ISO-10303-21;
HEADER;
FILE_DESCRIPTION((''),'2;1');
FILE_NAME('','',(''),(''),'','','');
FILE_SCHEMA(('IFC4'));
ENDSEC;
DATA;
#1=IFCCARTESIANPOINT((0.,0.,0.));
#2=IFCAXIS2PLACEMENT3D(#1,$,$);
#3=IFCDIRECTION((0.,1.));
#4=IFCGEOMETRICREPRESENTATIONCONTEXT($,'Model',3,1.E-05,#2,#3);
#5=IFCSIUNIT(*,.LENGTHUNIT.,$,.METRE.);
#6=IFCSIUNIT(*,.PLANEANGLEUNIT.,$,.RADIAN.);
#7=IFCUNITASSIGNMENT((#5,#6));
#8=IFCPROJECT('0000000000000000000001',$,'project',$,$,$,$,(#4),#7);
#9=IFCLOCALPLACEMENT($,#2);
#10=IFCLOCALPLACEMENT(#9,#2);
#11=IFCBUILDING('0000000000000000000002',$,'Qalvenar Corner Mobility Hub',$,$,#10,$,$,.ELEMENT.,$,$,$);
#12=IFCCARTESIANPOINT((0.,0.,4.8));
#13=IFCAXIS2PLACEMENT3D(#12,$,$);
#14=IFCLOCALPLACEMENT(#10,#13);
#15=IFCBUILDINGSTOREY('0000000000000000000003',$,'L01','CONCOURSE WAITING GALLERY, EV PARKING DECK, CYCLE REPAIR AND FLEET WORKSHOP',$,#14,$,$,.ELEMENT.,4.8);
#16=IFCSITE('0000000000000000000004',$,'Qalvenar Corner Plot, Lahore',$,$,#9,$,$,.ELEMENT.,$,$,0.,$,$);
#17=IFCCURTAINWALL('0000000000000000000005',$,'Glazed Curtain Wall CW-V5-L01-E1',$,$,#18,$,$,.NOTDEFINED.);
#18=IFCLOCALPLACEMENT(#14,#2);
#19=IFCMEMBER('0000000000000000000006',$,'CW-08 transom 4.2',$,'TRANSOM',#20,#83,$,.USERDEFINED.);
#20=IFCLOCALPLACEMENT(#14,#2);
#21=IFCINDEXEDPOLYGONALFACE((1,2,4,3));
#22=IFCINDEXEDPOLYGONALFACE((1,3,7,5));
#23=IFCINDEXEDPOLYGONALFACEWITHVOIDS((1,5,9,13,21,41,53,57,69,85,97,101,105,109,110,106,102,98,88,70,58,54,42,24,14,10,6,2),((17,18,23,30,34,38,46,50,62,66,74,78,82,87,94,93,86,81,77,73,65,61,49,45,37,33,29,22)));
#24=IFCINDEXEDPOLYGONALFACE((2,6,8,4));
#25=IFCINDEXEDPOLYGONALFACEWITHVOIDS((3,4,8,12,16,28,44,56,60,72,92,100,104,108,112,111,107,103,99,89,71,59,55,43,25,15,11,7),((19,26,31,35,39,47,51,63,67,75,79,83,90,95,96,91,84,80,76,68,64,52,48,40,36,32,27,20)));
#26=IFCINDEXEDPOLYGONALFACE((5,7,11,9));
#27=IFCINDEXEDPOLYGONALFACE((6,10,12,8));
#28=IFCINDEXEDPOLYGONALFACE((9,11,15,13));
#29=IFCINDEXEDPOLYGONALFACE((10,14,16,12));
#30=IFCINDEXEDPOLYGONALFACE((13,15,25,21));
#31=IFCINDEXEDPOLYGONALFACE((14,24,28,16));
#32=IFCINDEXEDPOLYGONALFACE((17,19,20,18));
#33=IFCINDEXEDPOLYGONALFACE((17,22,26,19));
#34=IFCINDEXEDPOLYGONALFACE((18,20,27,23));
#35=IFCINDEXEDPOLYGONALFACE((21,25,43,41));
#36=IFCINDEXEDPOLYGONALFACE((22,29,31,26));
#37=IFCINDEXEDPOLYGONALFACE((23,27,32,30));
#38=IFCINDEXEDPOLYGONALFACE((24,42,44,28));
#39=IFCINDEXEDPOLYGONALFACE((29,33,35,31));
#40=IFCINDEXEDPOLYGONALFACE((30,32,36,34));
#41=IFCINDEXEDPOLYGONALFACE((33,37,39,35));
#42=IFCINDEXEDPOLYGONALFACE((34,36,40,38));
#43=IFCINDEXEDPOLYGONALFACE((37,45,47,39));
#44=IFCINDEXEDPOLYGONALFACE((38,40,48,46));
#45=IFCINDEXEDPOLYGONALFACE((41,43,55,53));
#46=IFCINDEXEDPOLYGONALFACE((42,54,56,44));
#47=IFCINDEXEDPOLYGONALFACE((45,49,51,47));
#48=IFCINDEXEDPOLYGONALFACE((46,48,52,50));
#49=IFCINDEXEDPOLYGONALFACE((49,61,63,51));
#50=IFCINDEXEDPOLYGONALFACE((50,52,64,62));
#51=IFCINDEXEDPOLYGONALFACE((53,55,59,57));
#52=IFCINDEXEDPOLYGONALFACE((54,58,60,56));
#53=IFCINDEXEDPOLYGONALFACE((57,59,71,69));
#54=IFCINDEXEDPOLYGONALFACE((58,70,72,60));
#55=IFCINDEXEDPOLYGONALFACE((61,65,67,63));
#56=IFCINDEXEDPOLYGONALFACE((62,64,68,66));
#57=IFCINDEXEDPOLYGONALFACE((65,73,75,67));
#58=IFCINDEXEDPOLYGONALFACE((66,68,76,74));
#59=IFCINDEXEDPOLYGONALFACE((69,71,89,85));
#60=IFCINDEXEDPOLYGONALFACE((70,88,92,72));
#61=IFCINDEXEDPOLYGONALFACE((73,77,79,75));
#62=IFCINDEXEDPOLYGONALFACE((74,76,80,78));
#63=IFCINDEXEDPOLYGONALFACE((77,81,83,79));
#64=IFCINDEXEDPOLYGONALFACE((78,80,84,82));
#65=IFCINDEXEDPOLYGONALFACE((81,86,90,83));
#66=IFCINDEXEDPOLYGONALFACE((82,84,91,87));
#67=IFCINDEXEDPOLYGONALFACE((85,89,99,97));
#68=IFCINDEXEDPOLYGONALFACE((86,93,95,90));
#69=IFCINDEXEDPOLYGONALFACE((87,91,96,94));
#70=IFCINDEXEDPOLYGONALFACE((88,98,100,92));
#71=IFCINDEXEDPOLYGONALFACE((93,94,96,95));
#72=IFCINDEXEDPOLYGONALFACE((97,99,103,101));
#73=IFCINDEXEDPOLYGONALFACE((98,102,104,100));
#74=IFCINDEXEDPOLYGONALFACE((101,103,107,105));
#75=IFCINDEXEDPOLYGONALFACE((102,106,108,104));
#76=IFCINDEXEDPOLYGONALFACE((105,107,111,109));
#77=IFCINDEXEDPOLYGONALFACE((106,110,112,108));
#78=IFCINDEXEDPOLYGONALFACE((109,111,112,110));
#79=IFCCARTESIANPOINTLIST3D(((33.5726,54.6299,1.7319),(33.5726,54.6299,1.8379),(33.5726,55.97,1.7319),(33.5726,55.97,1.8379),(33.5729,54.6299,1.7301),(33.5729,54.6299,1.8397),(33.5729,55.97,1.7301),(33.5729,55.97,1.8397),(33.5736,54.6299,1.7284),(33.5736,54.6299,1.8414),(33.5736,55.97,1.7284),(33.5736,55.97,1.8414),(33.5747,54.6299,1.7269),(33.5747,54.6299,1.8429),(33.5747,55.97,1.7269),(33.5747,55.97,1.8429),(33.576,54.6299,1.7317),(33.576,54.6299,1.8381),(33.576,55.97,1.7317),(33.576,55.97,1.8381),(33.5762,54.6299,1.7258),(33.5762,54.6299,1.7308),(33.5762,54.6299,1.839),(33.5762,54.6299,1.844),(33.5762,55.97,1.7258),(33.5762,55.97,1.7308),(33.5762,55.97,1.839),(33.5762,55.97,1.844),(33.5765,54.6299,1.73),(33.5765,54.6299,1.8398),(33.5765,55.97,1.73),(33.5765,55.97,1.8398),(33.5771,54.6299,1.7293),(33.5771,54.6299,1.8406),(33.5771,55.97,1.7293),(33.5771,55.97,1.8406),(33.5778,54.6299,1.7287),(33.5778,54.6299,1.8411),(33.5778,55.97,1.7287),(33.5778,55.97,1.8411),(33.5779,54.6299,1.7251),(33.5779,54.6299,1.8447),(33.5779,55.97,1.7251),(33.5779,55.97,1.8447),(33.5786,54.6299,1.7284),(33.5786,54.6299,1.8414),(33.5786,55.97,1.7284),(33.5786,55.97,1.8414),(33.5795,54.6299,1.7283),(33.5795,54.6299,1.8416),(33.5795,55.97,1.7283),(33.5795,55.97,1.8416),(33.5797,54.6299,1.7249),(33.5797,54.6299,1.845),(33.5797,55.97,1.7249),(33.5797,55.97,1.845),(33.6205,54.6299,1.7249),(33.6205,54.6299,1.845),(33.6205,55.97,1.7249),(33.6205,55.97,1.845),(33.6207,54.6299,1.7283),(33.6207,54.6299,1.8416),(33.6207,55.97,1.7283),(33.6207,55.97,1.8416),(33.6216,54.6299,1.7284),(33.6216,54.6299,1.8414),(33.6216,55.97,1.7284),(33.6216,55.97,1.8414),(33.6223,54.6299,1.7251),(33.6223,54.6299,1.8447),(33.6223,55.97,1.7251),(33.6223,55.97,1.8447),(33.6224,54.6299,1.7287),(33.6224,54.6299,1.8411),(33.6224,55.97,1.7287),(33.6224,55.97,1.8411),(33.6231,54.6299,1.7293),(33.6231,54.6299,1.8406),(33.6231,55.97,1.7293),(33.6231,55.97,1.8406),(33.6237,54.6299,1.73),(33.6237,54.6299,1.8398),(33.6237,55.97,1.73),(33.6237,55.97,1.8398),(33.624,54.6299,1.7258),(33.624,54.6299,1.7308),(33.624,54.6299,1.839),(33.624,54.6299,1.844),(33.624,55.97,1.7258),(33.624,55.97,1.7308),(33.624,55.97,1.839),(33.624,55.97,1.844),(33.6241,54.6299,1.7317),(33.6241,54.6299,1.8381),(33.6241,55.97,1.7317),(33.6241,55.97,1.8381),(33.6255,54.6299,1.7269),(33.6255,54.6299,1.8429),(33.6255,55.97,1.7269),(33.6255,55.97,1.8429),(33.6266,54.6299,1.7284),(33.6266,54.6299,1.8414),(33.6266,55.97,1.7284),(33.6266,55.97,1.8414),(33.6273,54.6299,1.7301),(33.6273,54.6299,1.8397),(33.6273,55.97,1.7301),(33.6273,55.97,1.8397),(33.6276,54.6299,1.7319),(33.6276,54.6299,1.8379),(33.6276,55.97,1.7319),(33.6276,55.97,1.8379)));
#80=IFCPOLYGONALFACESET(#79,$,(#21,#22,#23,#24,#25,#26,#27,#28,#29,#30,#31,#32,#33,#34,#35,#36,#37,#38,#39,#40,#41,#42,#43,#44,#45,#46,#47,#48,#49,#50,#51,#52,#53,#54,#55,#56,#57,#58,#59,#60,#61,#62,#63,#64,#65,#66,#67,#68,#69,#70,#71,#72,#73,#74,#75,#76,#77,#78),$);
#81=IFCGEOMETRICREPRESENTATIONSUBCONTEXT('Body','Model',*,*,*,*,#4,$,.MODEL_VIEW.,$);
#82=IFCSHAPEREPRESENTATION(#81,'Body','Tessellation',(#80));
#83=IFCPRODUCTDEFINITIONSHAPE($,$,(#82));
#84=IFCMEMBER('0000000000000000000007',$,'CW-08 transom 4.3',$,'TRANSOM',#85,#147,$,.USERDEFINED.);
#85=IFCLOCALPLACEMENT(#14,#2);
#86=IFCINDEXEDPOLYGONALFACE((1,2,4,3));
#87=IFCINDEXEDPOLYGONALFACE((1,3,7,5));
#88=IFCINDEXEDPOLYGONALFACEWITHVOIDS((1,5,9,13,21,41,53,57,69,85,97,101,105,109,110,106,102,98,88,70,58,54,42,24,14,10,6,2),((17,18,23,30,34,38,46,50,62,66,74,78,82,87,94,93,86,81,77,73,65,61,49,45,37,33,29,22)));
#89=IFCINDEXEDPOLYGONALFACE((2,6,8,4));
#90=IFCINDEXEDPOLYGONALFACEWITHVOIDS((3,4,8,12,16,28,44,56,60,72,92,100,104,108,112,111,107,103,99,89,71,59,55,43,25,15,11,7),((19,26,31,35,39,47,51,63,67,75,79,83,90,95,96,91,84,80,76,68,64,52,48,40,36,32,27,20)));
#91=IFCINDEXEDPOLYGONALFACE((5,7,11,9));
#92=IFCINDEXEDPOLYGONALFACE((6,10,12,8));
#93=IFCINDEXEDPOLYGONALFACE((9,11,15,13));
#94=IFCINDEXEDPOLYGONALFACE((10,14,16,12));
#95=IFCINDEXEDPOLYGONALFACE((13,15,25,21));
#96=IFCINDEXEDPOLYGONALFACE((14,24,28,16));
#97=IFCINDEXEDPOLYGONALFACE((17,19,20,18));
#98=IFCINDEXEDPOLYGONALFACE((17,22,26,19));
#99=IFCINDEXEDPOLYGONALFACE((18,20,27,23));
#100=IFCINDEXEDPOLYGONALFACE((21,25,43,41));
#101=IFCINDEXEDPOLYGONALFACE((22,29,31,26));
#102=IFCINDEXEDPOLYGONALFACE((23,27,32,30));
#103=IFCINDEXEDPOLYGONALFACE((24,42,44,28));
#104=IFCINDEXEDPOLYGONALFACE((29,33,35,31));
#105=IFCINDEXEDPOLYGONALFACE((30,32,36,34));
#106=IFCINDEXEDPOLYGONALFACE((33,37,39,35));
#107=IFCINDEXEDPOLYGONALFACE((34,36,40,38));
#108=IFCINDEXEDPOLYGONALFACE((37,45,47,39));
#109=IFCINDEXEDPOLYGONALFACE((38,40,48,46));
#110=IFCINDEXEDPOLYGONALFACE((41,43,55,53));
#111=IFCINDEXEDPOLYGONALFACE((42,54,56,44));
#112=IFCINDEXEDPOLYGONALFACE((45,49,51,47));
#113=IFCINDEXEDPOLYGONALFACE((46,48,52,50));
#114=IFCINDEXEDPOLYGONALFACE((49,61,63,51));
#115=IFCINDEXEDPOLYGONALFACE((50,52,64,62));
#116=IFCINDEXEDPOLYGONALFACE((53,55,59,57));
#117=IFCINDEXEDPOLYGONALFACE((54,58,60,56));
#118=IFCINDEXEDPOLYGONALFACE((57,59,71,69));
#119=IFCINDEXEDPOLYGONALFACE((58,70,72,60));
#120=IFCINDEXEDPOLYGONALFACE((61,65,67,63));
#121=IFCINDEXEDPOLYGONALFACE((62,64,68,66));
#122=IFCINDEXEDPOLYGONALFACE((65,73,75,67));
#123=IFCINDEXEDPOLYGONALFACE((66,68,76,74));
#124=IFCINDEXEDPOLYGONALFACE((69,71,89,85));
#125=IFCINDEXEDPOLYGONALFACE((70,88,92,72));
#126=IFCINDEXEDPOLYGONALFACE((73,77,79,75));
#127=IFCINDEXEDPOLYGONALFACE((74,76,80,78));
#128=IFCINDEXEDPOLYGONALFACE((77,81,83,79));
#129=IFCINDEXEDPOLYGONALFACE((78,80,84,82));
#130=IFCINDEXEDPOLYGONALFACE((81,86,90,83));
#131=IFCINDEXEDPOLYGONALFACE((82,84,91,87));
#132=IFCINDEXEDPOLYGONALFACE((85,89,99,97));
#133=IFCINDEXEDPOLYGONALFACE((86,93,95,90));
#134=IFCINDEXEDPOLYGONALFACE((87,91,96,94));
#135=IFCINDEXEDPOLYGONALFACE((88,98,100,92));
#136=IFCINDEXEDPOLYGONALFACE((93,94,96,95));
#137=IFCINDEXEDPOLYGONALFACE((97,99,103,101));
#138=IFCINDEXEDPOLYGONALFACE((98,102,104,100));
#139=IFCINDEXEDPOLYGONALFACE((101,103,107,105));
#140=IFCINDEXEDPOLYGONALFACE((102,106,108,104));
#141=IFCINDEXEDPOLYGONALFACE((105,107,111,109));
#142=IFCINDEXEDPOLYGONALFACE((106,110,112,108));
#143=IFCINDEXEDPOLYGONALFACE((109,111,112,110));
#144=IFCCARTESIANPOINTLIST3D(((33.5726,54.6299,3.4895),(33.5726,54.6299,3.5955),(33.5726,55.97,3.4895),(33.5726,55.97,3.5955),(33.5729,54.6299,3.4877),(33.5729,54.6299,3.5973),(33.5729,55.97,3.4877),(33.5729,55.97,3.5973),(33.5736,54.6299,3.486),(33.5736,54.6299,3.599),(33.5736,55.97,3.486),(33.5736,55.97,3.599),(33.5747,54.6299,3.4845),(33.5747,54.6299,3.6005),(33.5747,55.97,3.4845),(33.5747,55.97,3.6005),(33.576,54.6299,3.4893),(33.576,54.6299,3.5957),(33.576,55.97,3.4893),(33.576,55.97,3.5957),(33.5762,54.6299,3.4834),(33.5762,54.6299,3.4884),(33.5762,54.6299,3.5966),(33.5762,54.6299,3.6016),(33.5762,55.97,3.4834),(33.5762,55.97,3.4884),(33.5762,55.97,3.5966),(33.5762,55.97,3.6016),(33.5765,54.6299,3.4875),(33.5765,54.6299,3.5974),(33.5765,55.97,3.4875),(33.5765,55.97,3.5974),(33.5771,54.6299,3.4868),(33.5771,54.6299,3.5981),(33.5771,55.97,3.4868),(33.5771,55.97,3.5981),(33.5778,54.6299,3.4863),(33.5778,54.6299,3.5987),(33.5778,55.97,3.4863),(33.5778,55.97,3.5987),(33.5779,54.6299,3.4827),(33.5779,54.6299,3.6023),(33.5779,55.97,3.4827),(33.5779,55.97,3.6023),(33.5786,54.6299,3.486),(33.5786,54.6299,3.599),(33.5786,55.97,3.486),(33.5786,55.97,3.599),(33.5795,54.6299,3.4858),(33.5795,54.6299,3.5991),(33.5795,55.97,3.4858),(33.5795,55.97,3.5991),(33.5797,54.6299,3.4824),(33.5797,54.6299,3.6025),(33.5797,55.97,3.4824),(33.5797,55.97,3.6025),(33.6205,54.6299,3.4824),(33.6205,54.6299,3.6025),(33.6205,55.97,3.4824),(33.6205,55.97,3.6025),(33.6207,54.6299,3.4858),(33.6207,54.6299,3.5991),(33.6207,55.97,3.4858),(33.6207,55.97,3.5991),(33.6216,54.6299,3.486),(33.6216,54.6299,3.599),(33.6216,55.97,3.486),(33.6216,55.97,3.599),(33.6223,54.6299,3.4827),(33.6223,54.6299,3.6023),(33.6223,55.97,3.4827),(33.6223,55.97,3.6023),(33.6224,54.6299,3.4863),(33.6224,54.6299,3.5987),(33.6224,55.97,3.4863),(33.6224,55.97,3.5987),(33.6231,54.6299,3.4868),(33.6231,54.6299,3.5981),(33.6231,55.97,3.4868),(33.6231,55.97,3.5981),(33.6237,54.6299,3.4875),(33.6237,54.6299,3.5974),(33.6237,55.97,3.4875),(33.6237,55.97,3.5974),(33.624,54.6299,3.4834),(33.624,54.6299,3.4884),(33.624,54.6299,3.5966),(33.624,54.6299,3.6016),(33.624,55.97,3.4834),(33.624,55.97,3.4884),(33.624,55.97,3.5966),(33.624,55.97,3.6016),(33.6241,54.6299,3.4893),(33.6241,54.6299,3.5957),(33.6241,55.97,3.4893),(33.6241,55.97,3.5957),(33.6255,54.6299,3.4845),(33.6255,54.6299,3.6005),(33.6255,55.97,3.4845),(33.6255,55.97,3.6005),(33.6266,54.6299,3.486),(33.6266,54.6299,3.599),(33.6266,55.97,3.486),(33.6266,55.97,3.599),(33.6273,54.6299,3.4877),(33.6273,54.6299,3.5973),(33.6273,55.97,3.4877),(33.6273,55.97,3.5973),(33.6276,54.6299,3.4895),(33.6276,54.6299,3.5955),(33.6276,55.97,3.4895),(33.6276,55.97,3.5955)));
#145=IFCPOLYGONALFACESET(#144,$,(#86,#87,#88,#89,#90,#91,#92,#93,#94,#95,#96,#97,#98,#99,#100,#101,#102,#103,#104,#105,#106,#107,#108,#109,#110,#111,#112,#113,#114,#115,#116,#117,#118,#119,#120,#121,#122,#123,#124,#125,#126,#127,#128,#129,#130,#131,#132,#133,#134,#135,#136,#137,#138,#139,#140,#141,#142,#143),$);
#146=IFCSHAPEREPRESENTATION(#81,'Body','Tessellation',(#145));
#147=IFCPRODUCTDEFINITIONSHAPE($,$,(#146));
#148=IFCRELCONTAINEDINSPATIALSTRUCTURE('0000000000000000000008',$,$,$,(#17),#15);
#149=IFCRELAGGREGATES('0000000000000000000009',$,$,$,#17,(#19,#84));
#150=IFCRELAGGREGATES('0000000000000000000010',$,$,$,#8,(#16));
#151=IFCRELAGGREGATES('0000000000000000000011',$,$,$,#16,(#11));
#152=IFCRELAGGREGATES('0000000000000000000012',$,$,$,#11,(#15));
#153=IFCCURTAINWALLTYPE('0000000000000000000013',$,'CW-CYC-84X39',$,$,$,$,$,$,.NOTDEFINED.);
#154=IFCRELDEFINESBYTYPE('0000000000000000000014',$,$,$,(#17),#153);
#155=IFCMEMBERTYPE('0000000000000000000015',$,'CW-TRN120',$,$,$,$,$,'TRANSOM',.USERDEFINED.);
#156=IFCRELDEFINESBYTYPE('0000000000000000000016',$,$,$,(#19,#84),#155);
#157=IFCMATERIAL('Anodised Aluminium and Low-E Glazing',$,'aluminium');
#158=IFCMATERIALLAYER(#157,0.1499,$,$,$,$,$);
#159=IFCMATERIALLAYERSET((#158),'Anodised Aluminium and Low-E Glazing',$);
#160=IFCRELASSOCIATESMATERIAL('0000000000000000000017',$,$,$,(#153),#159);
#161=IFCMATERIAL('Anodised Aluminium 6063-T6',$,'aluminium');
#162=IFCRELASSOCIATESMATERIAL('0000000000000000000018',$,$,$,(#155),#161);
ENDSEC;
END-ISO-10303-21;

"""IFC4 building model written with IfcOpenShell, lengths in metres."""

from ifc_helpers import new_model, si_unit, direction, frame, origin, origin_2d, place, context, subcontext, project, spatial, hollow_rectangle, extrude, material, layer, layer_set, material_profile, profile_set, type_object, element, aggregate, save


model = new_model("IFC4")

# Units and contexts
model_context = context("Model", 3, precision=1e-05, world=origin(), true_north=direction((0.0, 1.0)))
body_context = subcontext(model_context, "Body", "Model", "MODEL_VIEW")
ifc_project = project(units=[si_unit("LENGTHUNIT", "METRE"), si_unit("PLANEANGLEUNIT", "RADIAN")], contexts=[model_context])

# Site, building, storey
site_placement = place(None, origin())
site = spatial("IfcSite", under=ifc_project, at=site_placement, Name="Qalvenar Corner Plot, Lahore", CompositionType="ELEMENT", RefElevation=0.0)
building_placement = place(site_placement, origin())
building = spatial("IfcBuilding", under=site, at=building_placement, Name="Qalvenar Corner Mobility Hub", CompositionType="ELEMENT")
storey_placement = place(building_placement, frame((0.0, 0.0, 4.8)))
storey = spatial("IfcBuildingStorey", under=building, at=storey_placement, Name="L01", Description="CONCOURSE WAITING GALLERY, EV PARKING DECK, CYCLE REPAIR AND FLEET WORKSHOP", CompositionType="ELEMENT", Elevation=4.8)

# Curtain wall, members
ifc_material_1 = material(Name="Anodised Aluminium and Low-E Glazing", Category="aluminium")
ifc_layer_1 = layer(ifc_material_1, 0.1499)
ifc_layer_set_1 = layer_set([ifc_layer_1], Name="Anodised Aluminium and Low-E Glazing")
curtain_wall_type = type_object("IfcCurtainWallType", Name="CW-CYC-84X39", PredefinedType="NOTDEFINED", material=ifc_layer_set_1)
curtain_wall_placement = place(storey_placement, origin())
curtain_wall = element("IfcCurtainWall", 1, at=curtain_wall_placement, inside=storey, type_object=curtain_wall_type, Name="Glazed Curtain Wall CW-V5-L01-E1", PredefinedType="NOTDEFINED")
ifc_material_2 = material(Name="Anodised Aluminium 6063-T6", Category="aluminium")
ifc_material_profile_1 = material_profile(ifc_material_2, hollow_rectangle(XDim=0.0549, YDim=0.1201, WallThickness=0.0034, InnerFilletRadius=0.0034, OuterFilletRadius=0.0071, at=origin_2d()), Name="RHS120x55x3.5")
ifc_profile_set_1 = profile_set([ifc_material_profile_1], Name="Anodised Aluminium 6063-T6")
member_type_1 = type_object("IfcMemberType", Name="CW-TRN120", ElementType="TRANSOM", PredefinedType="USERDEFINED", material=ifc_profile_set_1)
member_1_placement = place(storey_placement, frame((33.6001, 54.6299, 1.7849), z_axis=(0.0, 1.0, 0.0), x_axis=(-1.0, 0.0, 0.0)))
member_1 = element("IfcMember", 2, at=member_1_placement, type_object=member_type_1, Name="CW-08 transom 4.2", ObjectType="TRANSOM", PredefinedType="USERDEFINED", context=body_context, shape_type="SweptSolid", body=[
    extrude(hollow_rectangle(XDim=0.0549, YDim=0.1201, WallThickness=0.0034, InnerFilletRadius=0.0034, OuterFilletRadius=0.0071, at=origin_2d()), origin(), (0.0, 0.0, 1.0), 1.3401),
])
member_2_placement = place(storey_placement, frame((33.6001, 54.6299, 3.5425), z_axis=(0.0, 1.0, 0.0), x_axis=(-1.0, 0.0, 0.0)))
member_2 = element("IfcMember", 3, at=member_2_placement, type_object=member_type_1, Name="CW-08 transom 4.3", ObjectType="TRANSOM", PredefinedType="USERDEFINED", context=body_context, shape_type="SweptSolid", body=[
    extrude(hollow_rectangle(XDim=0.0549, YDim=0.1201, WallThickness=0.0034, InnerFilletRadius=0.0034, OuterFilletRadius=0.0071, at=origin_2d()), origin(), (0.0, 0.0, 1.0), 1.3401),
])
aggregate(curtain_wall, [member_1, member_2])

save(model, "model.ifc")
